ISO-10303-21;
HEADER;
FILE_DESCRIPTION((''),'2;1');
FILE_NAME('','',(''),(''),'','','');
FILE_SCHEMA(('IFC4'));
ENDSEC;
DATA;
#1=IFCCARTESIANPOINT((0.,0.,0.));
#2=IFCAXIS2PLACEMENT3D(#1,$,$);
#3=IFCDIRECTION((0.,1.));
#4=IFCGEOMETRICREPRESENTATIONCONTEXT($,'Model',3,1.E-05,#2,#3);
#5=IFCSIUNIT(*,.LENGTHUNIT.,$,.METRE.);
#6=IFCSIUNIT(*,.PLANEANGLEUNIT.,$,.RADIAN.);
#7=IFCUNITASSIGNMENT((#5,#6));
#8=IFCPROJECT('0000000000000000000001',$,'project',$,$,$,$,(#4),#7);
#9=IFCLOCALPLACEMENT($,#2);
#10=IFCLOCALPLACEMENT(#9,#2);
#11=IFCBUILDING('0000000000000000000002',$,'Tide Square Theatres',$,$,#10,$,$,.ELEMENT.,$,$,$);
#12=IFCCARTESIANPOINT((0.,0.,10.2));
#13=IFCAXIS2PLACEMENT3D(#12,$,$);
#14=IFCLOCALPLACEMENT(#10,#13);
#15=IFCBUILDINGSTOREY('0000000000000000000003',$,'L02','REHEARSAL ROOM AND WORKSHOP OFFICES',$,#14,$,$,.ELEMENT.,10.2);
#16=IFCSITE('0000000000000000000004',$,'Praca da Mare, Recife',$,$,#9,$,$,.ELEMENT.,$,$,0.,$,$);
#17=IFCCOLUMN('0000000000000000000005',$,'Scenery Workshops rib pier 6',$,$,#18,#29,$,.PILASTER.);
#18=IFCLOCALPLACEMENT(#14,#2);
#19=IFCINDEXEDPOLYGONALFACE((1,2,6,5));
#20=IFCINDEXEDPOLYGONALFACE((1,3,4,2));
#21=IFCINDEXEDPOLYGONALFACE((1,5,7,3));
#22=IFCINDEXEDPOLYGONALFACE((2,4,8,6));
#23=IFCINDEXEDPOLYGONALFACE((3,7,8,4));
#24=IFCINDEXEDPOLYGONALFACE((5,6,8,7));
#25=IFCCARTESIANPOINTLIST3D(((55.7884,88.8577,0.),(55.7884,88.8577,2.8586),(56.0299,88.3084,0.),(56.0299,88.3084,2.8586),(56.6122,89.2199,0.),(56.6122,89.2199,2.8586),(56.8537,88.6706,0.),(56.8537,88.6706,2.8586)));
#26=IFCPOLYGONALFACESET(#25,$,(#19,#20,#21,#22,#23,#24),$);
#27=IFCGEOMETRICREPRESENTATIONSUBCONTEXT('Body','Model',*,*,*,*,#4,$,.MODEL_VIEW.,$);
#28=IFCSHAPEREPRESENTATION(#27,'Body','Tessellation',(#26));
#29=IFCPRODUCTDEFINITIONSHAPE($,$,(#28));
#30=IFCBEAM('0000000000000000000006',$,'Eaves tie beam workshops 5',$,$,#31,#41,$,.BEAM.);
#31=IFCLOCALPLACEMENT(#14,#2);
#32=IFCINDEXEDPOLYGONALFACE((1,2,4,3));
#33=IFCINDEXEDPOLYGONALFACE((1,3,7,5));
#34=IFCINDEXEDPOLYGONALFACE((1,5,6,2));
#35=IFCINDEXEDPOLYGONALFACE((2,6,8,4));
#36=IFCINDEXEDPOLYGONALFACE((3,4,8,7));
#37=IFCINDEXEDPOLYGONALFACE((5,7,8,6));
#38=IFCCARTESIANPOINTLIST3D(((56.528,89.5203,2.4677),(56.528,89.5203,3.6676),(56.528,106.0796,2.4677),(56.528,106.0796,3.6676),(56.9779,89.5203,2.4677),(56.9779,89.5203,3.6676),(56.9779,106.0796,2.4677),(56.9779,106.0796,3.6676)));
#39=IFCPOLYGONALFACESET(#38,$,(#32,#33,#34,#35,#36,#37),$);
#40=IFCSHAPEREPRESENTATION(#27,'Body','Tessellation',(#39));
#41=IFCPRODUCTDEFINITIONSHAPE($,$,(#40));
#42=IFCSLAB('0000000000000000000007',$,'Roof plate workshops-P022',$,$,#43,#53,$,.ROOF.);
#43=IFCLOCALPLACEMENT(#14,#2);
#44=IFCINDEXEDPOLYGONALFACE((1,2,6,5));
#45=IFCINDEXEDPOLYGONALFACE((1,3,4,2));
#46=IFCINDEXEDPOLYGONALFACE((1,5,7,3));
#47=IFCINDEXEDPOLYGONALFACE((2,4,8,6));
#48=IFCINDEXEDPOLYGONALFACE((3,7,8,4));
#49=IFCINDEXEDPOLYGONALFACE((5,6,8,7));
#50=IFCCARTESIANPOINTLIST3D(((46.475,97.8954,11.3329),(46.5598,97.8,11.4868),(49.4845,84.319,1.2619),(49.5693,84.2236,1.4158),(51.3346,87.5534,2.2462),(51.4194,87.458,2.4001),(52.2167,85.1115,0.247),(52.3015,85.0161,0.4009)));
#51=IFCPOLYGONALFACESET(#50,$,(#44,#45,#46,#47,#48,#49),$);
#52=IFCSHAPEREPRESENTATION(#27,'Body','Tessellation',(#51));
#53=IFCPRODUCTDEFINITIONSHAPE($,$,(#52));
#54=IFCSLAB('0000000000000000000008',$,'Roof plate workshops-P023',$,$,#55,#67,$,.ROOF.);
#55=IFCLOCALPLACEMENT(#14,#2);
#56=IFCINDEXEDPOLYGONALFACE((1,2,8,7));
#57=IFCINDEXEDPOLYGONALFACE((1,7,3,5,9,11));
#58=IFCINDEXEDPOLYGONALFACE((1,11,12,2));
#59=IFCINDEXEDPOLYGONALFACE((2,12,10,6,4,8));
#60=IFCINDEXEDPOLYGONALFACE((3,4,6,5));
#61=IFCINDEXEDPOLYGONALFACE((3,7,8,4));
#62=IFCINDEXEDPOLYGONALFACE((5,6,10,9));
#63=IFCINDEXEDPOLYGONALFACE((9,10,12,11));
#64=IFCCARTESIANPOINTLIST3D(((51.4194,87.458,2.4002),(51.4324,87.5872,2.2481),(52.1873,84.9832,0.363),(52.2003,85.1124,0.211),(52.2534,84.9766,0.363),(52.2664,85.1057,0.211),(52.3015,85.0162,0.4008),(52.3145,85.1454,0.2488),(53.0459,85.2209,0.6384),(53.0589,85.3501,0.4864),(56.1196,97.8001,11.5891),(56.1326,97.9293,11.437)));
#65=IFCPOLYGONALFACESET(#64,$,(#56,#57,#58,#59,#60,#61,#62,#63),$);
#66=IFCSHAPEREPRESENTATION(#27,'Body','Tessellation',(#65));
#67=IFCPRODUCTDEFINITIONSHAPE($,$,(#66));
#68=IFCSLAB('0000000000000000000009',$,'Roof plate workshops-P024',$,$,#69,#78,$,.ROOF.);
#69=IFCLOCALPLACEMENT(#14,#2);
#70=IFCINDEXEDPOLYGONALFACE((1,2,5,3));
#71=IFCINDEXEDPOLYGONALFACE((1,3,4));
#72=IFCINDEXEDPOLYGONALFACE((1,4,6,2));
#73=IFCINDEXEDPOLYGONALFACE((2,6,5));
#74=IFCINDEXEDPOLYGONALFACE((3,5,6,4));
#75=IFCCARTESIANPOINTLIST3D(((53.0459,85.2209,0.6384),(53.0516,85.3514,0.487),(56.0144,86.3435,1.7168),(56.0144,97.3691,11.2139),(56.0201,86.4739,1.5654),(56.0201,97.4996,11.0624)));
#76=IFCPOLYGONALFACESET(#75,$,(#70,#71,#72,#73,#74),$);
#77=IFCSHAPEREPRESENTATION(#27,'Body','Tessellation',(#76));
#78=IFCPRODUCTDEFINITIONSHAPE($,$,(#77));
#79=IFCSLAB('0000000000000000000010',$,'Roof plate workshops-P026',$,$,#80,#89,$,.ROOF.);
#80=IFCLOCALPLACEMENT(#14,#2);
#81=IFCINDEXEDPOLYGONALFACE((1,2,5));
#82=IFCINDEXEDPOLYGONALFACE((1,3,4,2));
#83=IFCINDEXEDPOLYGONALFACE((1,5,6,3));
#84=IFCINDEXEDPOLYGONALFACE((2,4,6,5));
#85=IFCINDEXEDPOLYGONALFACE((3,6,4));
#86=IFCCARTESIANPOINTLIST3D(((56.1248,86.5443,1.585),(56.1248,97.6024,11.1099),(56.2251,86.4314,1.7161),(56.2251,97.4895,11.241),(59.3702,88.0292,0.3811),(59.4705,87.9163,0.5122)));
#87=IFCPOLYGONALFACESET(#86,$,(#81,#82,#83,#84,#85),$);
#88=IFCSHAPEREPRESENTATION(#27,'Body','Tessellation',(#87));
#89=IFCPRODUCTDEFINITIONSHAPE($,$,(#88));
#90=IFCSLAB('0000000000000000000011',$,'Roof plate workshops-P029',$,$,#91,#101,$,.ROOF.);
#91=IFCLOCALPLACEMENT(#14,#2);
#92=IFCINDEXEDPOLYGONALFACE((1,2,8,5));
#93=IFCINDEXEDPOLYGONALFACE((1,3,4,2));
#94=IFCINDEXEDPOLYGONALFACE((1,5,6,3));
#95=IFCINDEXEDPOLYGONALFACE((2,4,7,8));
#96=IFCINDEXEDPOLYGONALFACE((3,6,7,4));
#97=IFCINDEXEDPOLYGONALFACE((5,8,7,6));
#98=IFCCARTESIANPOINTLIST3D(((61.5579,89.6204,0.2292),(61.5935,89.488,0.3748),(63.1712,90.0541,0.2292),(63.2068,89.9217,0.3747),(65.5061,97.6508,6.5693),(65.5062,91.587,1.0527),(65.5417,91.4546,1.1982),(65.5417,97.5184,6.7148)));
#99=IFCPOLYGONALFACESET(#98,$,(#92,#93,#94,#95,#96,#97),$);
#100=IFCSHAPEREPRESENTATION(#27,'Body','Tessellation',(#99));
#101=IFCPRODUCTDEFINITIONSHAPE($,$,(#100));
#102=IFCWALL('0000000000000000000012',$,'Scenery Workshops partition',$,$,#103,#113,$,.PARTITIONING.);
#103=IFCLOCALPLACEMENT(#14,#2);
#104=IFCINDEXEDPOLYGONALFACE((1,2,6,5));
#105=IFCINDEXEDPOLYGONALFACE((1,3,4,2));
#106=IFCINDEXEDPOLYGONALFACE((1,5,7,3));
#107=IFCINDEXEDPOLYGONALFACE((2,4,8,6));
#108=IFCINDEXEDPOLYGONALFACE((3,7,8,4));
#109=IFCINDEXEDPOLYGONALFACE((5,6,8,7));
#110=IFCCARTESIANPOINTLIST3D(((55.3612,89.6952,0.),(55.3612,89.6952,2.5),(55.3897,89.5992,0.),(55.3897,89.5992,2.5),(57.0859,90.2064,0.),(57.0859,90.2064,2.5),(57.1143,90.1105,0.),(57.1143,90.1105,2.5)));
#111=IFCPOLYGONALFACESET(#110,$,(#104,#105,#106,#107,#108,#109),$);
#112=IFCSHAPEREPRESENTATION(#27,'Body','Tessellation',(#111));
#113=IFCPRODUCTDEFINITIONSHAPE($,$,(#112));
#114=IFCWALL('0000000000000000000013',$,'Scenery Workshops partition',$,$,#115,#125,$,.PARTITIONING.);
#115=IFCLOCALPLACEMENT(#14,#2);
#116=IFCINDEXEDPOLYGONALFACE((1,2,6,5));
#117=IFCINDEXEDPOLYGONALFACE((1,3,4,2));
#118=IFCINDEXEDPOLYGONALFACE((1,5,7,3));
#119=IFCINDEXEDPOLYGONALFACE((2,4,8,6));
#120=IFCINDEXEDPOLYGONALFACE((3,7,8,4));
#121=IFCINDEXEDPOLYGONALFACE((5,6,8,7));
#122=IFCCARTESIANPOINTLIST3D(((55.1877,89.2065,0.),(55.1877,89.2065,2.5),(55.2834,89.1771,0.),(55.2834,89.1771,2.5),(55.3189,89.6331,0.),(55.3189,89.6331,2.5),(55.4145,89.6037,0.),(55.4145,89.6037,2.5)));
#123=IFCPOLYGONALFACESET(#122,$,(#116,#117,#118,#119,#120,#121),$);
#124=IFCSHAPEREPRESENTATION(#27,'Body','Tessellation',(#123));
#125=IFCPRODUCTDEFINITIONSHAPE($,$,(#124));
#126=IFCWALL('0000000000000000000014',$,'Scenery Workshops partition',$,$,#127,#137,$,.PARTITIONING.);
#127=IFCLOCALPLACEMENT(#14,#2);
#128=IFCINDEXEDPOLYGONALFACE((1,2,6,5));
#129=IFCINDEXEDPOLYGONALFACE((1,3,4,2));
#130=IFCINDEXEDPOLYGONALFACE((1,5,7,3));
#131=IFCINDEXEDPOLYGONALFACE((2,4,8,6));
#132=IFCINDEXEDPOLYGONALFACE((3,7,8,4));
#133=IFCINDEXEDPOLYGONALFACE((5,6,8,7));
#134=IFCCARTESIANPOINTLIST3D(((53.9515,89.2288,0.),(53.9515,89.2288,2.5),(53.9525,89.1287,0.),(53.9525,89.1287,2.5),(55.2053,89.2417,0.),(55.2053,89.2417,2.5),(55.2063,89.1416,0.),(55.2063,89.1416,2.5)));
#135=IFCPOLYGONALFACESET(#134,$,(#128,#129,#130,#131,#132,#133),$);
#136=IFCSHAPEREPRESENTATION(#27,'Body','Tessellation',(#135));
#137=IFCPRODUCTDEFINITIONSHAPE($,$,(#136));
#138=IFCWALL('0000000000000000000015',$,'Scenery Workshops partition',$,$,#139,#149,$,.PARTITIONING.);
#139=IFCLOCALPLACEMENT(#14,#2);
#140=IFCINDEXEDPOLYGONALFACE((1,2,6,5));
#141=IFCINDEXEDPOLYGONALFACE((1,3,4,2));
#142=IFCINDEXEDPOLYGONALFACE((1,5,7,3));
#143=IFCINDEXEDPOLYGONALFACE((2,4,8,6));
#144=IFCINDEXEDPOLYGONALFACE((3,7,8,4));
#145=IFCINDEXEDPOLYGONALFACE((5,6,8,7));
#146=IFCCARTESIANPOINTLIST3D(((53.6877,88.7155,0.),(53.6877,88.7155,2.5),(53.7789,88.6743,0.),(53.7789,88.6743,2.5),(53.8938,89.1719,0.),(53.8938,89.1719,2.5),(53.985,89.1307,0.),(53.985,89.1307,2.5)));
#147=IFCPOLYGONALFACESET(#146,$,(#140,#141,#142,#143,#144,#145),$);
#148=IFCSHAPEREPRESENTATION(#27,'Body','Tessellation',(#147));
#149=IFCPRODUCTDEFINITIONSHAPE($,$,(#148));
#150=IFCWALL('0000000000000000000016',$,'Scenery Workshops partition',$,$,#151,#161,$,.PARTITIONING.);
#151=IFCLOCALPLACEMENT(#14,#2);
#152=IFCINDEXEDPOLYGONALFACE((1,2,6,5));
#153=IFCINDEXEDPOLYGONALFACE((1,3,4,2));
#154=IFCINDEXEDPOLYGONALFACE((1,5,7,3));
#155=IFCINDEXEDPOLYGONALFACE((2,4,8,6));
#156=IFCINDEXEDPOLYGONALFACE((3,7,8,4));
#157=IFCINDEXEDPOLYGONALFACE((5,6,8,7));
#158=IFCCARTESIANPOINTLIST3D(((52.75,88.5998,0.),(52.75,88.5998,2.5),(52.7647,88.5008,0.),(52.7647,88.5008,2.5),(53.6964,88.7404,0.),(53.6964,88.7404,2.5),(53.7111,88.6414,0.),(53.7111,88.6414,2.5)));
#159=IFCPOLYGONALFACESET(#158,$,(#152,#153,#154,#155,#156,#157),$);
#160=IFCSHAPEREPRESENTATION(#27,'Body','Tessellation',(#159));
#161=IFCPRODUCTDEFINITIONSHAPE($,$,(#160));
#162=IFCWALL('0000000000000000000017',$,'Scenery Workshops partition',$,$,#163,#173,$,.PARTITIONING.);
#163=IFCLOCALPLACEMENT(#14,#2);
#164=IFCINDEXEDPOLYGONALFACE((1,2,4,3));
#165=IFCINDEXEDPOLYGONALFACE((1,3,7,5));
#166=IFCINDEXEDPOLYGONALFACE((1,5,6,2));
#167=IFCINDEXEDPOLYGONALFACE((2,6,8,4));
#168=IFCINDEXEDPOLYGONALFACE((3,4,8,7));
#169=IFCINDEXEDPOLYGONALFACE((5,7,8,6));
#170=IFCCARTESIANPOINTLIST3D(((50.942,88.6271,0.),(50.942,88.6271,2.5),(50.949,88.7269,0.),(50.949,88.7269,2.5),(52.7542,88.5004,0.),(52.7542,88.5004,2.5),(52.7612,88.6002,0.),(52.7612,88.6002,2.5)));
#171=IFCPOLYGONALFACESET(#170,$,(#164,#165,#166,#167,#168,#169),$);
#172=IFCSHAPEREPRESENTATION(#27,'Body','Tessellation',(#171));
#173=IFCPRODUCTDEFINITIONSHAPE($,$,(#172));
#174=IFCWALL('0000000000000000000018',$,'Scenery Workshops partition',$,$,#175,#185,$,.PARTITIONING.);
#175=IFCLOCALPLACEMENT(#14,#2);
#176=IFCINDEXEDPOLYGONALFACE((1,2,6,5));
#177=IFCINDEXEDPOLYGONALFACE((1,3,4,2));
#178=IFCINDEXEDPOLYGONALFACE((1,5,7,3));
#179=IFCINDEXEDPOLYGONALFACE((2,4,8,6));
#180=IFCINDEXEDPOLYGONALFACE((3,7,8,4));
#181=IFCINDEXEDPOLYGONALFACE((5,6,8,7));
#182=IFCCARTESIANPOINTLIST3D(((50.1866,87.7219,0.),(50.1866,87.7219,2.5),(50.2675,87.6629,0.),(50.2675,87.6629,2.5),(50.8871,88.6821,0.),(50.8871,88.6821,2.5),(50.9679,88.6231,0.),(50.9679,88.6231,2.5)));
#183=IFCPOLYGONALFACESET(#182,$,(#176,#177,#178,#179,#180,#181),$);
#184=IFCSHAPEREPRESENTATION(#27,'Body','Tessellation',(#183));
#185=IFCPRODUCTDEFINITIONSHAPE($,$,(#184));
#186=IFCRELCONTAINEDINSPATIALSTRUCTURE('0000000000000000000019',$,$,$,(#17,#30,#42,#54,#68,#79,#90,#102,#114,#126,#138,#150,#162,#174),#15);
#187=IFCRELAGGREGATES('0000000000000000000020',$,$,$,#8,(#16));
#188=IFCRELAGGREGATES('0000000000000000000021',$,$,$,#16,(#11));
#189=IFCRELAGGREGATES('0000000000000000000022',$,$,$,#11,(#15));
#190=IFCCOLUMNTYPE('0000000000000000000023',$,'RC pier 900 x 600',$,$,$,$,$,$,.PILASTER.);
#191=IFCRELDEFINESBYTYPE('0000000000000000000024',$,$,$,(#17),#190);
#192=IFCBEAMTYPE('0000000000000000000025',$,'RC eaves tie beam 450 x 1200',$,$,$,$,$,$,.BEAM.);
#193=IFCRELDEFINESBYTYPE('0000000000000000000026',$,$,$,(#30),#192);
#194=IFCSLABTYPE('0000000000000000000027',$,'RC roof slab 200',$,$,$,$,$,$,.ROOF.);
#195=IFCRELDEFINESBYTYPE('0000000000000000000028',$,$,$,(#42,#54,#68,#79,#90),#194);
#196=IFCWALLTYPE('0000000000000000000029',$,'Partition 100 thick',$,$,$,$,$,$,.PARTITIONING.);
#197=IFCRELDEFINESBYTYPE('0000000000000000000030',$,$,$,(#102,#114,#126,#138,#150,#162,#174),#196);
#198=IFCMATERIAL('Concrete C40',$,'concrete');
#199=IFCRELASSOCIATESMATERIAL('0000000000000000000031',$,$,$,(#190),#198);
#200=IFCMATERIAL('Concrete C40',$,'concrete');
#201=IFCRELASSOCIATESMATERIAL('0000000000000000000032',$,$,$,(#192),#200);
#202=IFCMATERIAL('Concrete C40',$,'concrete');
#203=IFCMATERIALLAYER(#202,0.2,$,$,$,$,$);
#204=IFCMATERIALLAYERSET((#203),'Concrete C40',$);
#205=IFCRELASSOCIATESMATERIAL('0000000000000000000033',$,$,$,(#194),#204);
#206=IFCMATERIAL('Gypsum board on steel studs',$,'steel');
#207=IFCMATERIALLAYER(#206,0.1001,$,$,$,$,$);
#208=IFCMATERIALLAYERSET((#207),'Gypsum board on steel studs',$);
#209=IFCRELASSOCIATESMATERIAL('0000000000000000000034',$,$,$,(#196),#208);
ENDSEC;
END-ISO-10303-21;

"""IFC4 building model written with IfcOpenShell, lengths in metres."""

from ifc_helpers import new_model, si_unit, direction, frame, frame_2d, origin, origin_2d, place, context, subcontext, project, spatial, polyline, rectangle, outline, extrude, material, layer, layer_set, material_profile, profile_set, type_object, element, save


model = new_model("IFC4")

# Units and contexts
model_context = context("Model", 3, precision=1e-05, world=origin(), true_north=direction((0.0, 1.0)))
body_context = subcontext(model_context, "Body", "Model", "MODEL_VIEW")
ifc_project = project(units=[si_unit("LENGTHUNIT", "METRE"), si_unit("PLANEANGLEUNIT", "RADIAN")], contexts=[model_context])

# Site, building, storey
site_placement = place(None, origin())
site = spatial("IfcSite", under=ifc_project, at=site_placement, Name="Praca da Mare, Recife", CompositionType="ELEMENT", RefElevation=0.0)
building_placement = place(site_placement, origin())
building = spatial("IfcBuilding", under=site, at=building_placement, Name="Tide Square Theatres", CompositionType="ELEMENT")
storey_placement = place(building_placement, frame((0.0, 0.0, 10.2)))
storey = spatial("IfcBuildingStorey", under=building, at=storey_placement, Name="L02", Description="REHEARSAL ROOM AND WORKSHOP OFFICES", CompositionType="ELEMENT", Elevation=10.2)

# Column
ifc_material_1 = material(Name="Concrete C40", Category="concrete")
ifc_material_profile_1 = material_profile(ifc_material_1, rectangle(XDim=0.8999, YDim=0.6001, at=origin_2d()))
ifc_profile_set_1 = profile_set([ifc_material_profile_1], Name="Concrete C40")
column_type = type_object("IfcColumnType", Name="RC pier 900 x 600", PredefinedType="PILASTER", material=ifc_profile_set_1)
column_placement = place(storey_placement, frame((56.321, 88.7642, 0.0), z_axis=(0.0, 0.0, 1.0), x_axis=(0.915419, 0.402502, 0.0)))
element("IfcColumn", 1, at=column_placement, inside=storey, type_object=column_type, Name="Scenery Workshops rib pier 6", PredefinedType="PILASTER", context=body_context, shape_type="SweptSolid", body=[
    extrude(rectangle(XDim=0.8999, YDim=0.6001, at=origin_2d()), origin(), (0.0, 0.0, 1.0), 2.8586),
])

# Beam
ifc_material_2 = material(Name="Concrete C40", Category="concrete")
ifc_material_profile_2 = material_profile(ifc_material_2, rectangle(XDim=0.45, YDim=1.2, at=origin_2d()))
ifc_profile_set_2 = profile_set([ifc_material_profile_2], Name="Concrete C40")
beam_type = type_object("IfcBeamType", Name="RC eaves tie beam 450 x 1200", PredefinedType="BEAM", material=ifc_profile_set_2)
beam_placement = place(storey_placement, frame((56.7529, 89.5203, 3.0676), z_axis=(0.0, 1.0, 0.0), x_axis=(-1.0, 0.0, 0.0)))
element("IfcBeam", 2, at=beam_placement, inside=storey, type_object=beam_type, Name="Eaves tie beam workshops 5", PredefinedType="BEAM", context=body_context, shape_type="SweptSolid", body=[
    extrude(rectangle(XDim=0.45, YDim=1.2, at=origin_2d()), origin(), (0.0, 0.0, 1.0), 16.5593),
])

# Slabs
ifc_material_3 = material(Name="Concrete C40", Category="concrete")
ifc_layer_1 = layer(ifc_material_3, 0.2)
ifc_layer_set_1 = layer_set([ifc_layer_1], Name="Concrete C40")
slab_type = type_object("IfcSlabType", Name="RC roof slab 200", PredefinedType="ROOF", material=ifc_layer_set_1)
slab_1_placement = place(storey_placement, frame((51.4194, 87.458, 2.4001), z_axis=(0.424266, -0.476956, 0.769748), x_axis=(-0.332865, 0.708389, 0.622403)))
element("IfcSlab", 3, at=slab_1_placement, inside=storey, type_object=slab_type, Name="Roof plate workshops-P022", PredefinedType="ROOF", context=body_context, shape_type="SweptSolid", body=[
    extrude(outline(polyline([(0.0, 0.0), (14.5994, 0.0), (-2.288, 3.1013), (-3.2678, 0.2442), (0.0, 0.0)])), origin(), (0.0, 0.0, -1.0), 0.2),
])
slab_2_placement = place(storey_placement, frame((53.0459, 85.2209, 0.6384), z_axis=(-0.064992, -0.646128, 0.760457), x_axis=(0.181248, 0.741749, 0.645723)))
element("IfcSlab", 4, at=slab_2_placement, inside=storey, type_object=slab_type, Name="Roof plate workshops-P023", PredefinedType="ROOF", context=body_context, shape_type="SweptSolid", body=[
    extrude(outline(polyline([(0.0, 0.0), (16.9587, 0.0), (2.5021, 2.1196), (-0.4402, 0.6773), (-0.5098, 0.7808), (-0.5027, 0.7147), (0.0, 0.0)])), origin(), (0.0, 0.0, -1.0), 0.2),
])
slab_3_placement = place(storey_placement, frame((53.0459, 85.2209, 0.6384), z_axis=(-0.028432, -0.652369, 0.757368), x_axis=(0.885626, 0.334905, 0.321721)))
element("IfcSlab", 5, at=slab_3_placement, inside=storey, type_object=slab_type, Name="Roof plate workshops-P024", PredefinedType="ROOF", context=body_context, shape_type="SweptSolid", body=[
    extrude(outline(polyline([(0.0, 0.0), (3.3519, 0.0), (10.0998, 12.8928), (0.0, 0.0)])), origin(), (0.0, 0.0, -1.0), 0.2),
])
slab_4_placement = place(storey_placement, frame((59.4705, 87.9163, 0.5122), z_axis=(0.501497, -0.564627, 0.655513), x_axis=(-0.220165, 0.649447, 0.727837)))
element("IfcSlab", 6, at=slab_4_placement, inside=storey, type_object=slab_type, Name="Roof plate workshops-P026", PredefinedType="ROOF", context=body_context, shape_type="SweptSolid", body=[
    extrude(outline(polyline([(0.0, 0.0), (14.7406, 0.0), (0.6264, 3.714), (0.0, 0.0)])), origin(), (0.0, 0.0, -1.0), 0.2),
])
slab_5_placement = place(storey_placement, frame((61.5935, 89.488, 0.3748), z_axis=(0.178014, -0.662194, 0.72788), x_axis=(0.965722, 0.259579, -0.000027)))
element("IfcSlab", 7, at=slab_5_placement, inside=storey, type_object=slab_type, Name="Roof plate workshops-P029", PredefinedType="ROOF", context=body_context, shape_type="SweptSolid", body=[
    extrude(outline(polyline([(0.0, 0.0), (1.6705, 0.0), (4.3234, 1.2011), (5.8972, 9.2463), (0.0, 0.0)])), origin(), (0.0, 0.0, -1.0), 0.2),
])

# Walls
ifc_material_4 = material(Name="Gypsum board on steel studs", Category="steel")
ifc_layer_2 = layer(ifc_material_4, 0.1001)
ifc_layer_set_2 = layer_set([ifc_layer_2], Name="Gypsum board on steel studs")
wall_type_1 = type_object("IfcWallType", Name="Partition 100 thick", PredefinedType="PARTITIONING", material=ifc_layer_set_2)
wall_1_placement = place(storey_placement, frame((57.1001, 90.1584, 0.0), z_axis=(0.0, 0.0, 1.0), x_axis=(-0.958763, -0.284208, 0.0)))
element("IfcWall", 8, at=wall_1_placement, inside=storey, type_object=wall_type_1, Name="Scenery Workshops partition", PredefinedType="PARTITIONING", context=body_context, shape_type="SweptSolid", body=[
    extrude(rectangle(XDim=1.7988, YDim=0.1001, at=frame_2d((0.8994, 0.0))), origin(), (0.0, 0.0, 1.0), 2.5),
])
wall_2_placement = place(storey_placement, frame((55.3667, 89.6184, 0.0), z_axis=(0.0, 0.0, 1.0), x_axis=(-0.293817, -0.955862, 0.0)))
element("IfcWall", 9, at=wall_2_placement, inside=storey, type_object=wall_type_1, Name="Scenery Workshops partition", PredefinedType="PARTITIONING", context=body_context, shape_type="SweptSolid", body=[
    extrude(rectangle(XDim=0.4463, YDim=0.1001, at=frame_2d((0.2231, 0.0))), origin(), (0.0, 0.0, 1.0), 2.5),
])
wall_3_placement = place(storey_placement, frame((55.2058, 89.1917, 0.0), z_axis=(0.0, 0.0, 1.0), x_axis=(-0.999947, -0.010319, 0.0)))
element("IfcWall", 10, at=wall_3_placement, inside=storey, type_object=wall_type_1, Name="Scenery Workshops partition", PredefinedType="PARTITIONING", context=body_context, shape_type="SweptSolid", body=[
    extrude(rectangle(XDim=1.2539, YDim=0.1001, at=frame_2d((0.627, 0.0))), origin(), (0.0, 0.0, 1.0), 2.5),
])
wall_4_placement = place(storey_placement, frame((53.9395, 89.1514, 0.0), z_axis=(0.0, 0.0, 1.0), x_axis=(-0.411561, -0.911382, 0.0)))
element("IfcWall", 11, at=wall_4_placement, inside=storey, type_object=wall_type_1, Name="Scenery Workshops partition", PredefinedType="PARTITIONING", context=body_context, shape_type="SweptSolid", body=[
    extrude(rectangle(XDim=0.5007, YDim=0.1001, at=frame_2d((0.2505, 0.0))), origin(), (0.0, 0.0, 1.0), 2.5),
])
wall_5_placement = place(storey_placement, frame((53.7039, 88.6909, 0.0), z_axis=(0.0, 0.0, 1.0), x_axis=(-0.989138, -0.146993, 0.0)))
element("IfcWall", 12, at=wall_5_placement, inside=storey, type_object=wall_type_1, Name="Scenery Workshops partition", PredefinedType="PARTITIONING", context=body_context, shape_type="SweptSolid", body=[
    extrude(rectangle(XDim=0.9568, YDim=0.1001, at=frame_2d((0.4785, 0.0))), origin(), (0.0, 0.0, 1.0), 2.5),
])
wall_6_placement = place(storey_placement, frame((52.7576, 88.5503, 0.0), z_axis=(0.0, 0.0, 1.0), x_axis=(-0.997565, 0.069748, 0.0)))
element("IfcWall", 13, at=wall_6_placement, inside=storey, type_object=wall_type_1, Name="Scenery Workshops partition", PredefinedType="PARTITIONING", context=body_context, shape_type="SweptSolid", body=[
    extrude(rectangle(XDim=1.8167, YDim=0.1001, at=frame_2d((0.9082, 0.0))), origin(), (0.0, 0.0, 1.0), 2.5),
])
wall_7_placement = place(storey_placement, frame((50.9275, 88.6526, 0.0), z_axis=(0.0, 0.0, 1.0), x_axis=(-0.589331, -0.807891, 0.0)))
element("IfcWall", 14, at=wall_7_placement, inside=storey, type_object=wall_type_1, Name="Scenery Workshops partition", PredefinedType="PARTITIONING", context=body_context, shape_type="SweptSolid", body=[
    extrude(rectangle(XDim=1.1885, YDim=0.1001, at=frame_2d((0.5942, 0.0))), origin(), (0.0, 0.0, 1.0), 2.5),
])

save(model, "model.ifc")
